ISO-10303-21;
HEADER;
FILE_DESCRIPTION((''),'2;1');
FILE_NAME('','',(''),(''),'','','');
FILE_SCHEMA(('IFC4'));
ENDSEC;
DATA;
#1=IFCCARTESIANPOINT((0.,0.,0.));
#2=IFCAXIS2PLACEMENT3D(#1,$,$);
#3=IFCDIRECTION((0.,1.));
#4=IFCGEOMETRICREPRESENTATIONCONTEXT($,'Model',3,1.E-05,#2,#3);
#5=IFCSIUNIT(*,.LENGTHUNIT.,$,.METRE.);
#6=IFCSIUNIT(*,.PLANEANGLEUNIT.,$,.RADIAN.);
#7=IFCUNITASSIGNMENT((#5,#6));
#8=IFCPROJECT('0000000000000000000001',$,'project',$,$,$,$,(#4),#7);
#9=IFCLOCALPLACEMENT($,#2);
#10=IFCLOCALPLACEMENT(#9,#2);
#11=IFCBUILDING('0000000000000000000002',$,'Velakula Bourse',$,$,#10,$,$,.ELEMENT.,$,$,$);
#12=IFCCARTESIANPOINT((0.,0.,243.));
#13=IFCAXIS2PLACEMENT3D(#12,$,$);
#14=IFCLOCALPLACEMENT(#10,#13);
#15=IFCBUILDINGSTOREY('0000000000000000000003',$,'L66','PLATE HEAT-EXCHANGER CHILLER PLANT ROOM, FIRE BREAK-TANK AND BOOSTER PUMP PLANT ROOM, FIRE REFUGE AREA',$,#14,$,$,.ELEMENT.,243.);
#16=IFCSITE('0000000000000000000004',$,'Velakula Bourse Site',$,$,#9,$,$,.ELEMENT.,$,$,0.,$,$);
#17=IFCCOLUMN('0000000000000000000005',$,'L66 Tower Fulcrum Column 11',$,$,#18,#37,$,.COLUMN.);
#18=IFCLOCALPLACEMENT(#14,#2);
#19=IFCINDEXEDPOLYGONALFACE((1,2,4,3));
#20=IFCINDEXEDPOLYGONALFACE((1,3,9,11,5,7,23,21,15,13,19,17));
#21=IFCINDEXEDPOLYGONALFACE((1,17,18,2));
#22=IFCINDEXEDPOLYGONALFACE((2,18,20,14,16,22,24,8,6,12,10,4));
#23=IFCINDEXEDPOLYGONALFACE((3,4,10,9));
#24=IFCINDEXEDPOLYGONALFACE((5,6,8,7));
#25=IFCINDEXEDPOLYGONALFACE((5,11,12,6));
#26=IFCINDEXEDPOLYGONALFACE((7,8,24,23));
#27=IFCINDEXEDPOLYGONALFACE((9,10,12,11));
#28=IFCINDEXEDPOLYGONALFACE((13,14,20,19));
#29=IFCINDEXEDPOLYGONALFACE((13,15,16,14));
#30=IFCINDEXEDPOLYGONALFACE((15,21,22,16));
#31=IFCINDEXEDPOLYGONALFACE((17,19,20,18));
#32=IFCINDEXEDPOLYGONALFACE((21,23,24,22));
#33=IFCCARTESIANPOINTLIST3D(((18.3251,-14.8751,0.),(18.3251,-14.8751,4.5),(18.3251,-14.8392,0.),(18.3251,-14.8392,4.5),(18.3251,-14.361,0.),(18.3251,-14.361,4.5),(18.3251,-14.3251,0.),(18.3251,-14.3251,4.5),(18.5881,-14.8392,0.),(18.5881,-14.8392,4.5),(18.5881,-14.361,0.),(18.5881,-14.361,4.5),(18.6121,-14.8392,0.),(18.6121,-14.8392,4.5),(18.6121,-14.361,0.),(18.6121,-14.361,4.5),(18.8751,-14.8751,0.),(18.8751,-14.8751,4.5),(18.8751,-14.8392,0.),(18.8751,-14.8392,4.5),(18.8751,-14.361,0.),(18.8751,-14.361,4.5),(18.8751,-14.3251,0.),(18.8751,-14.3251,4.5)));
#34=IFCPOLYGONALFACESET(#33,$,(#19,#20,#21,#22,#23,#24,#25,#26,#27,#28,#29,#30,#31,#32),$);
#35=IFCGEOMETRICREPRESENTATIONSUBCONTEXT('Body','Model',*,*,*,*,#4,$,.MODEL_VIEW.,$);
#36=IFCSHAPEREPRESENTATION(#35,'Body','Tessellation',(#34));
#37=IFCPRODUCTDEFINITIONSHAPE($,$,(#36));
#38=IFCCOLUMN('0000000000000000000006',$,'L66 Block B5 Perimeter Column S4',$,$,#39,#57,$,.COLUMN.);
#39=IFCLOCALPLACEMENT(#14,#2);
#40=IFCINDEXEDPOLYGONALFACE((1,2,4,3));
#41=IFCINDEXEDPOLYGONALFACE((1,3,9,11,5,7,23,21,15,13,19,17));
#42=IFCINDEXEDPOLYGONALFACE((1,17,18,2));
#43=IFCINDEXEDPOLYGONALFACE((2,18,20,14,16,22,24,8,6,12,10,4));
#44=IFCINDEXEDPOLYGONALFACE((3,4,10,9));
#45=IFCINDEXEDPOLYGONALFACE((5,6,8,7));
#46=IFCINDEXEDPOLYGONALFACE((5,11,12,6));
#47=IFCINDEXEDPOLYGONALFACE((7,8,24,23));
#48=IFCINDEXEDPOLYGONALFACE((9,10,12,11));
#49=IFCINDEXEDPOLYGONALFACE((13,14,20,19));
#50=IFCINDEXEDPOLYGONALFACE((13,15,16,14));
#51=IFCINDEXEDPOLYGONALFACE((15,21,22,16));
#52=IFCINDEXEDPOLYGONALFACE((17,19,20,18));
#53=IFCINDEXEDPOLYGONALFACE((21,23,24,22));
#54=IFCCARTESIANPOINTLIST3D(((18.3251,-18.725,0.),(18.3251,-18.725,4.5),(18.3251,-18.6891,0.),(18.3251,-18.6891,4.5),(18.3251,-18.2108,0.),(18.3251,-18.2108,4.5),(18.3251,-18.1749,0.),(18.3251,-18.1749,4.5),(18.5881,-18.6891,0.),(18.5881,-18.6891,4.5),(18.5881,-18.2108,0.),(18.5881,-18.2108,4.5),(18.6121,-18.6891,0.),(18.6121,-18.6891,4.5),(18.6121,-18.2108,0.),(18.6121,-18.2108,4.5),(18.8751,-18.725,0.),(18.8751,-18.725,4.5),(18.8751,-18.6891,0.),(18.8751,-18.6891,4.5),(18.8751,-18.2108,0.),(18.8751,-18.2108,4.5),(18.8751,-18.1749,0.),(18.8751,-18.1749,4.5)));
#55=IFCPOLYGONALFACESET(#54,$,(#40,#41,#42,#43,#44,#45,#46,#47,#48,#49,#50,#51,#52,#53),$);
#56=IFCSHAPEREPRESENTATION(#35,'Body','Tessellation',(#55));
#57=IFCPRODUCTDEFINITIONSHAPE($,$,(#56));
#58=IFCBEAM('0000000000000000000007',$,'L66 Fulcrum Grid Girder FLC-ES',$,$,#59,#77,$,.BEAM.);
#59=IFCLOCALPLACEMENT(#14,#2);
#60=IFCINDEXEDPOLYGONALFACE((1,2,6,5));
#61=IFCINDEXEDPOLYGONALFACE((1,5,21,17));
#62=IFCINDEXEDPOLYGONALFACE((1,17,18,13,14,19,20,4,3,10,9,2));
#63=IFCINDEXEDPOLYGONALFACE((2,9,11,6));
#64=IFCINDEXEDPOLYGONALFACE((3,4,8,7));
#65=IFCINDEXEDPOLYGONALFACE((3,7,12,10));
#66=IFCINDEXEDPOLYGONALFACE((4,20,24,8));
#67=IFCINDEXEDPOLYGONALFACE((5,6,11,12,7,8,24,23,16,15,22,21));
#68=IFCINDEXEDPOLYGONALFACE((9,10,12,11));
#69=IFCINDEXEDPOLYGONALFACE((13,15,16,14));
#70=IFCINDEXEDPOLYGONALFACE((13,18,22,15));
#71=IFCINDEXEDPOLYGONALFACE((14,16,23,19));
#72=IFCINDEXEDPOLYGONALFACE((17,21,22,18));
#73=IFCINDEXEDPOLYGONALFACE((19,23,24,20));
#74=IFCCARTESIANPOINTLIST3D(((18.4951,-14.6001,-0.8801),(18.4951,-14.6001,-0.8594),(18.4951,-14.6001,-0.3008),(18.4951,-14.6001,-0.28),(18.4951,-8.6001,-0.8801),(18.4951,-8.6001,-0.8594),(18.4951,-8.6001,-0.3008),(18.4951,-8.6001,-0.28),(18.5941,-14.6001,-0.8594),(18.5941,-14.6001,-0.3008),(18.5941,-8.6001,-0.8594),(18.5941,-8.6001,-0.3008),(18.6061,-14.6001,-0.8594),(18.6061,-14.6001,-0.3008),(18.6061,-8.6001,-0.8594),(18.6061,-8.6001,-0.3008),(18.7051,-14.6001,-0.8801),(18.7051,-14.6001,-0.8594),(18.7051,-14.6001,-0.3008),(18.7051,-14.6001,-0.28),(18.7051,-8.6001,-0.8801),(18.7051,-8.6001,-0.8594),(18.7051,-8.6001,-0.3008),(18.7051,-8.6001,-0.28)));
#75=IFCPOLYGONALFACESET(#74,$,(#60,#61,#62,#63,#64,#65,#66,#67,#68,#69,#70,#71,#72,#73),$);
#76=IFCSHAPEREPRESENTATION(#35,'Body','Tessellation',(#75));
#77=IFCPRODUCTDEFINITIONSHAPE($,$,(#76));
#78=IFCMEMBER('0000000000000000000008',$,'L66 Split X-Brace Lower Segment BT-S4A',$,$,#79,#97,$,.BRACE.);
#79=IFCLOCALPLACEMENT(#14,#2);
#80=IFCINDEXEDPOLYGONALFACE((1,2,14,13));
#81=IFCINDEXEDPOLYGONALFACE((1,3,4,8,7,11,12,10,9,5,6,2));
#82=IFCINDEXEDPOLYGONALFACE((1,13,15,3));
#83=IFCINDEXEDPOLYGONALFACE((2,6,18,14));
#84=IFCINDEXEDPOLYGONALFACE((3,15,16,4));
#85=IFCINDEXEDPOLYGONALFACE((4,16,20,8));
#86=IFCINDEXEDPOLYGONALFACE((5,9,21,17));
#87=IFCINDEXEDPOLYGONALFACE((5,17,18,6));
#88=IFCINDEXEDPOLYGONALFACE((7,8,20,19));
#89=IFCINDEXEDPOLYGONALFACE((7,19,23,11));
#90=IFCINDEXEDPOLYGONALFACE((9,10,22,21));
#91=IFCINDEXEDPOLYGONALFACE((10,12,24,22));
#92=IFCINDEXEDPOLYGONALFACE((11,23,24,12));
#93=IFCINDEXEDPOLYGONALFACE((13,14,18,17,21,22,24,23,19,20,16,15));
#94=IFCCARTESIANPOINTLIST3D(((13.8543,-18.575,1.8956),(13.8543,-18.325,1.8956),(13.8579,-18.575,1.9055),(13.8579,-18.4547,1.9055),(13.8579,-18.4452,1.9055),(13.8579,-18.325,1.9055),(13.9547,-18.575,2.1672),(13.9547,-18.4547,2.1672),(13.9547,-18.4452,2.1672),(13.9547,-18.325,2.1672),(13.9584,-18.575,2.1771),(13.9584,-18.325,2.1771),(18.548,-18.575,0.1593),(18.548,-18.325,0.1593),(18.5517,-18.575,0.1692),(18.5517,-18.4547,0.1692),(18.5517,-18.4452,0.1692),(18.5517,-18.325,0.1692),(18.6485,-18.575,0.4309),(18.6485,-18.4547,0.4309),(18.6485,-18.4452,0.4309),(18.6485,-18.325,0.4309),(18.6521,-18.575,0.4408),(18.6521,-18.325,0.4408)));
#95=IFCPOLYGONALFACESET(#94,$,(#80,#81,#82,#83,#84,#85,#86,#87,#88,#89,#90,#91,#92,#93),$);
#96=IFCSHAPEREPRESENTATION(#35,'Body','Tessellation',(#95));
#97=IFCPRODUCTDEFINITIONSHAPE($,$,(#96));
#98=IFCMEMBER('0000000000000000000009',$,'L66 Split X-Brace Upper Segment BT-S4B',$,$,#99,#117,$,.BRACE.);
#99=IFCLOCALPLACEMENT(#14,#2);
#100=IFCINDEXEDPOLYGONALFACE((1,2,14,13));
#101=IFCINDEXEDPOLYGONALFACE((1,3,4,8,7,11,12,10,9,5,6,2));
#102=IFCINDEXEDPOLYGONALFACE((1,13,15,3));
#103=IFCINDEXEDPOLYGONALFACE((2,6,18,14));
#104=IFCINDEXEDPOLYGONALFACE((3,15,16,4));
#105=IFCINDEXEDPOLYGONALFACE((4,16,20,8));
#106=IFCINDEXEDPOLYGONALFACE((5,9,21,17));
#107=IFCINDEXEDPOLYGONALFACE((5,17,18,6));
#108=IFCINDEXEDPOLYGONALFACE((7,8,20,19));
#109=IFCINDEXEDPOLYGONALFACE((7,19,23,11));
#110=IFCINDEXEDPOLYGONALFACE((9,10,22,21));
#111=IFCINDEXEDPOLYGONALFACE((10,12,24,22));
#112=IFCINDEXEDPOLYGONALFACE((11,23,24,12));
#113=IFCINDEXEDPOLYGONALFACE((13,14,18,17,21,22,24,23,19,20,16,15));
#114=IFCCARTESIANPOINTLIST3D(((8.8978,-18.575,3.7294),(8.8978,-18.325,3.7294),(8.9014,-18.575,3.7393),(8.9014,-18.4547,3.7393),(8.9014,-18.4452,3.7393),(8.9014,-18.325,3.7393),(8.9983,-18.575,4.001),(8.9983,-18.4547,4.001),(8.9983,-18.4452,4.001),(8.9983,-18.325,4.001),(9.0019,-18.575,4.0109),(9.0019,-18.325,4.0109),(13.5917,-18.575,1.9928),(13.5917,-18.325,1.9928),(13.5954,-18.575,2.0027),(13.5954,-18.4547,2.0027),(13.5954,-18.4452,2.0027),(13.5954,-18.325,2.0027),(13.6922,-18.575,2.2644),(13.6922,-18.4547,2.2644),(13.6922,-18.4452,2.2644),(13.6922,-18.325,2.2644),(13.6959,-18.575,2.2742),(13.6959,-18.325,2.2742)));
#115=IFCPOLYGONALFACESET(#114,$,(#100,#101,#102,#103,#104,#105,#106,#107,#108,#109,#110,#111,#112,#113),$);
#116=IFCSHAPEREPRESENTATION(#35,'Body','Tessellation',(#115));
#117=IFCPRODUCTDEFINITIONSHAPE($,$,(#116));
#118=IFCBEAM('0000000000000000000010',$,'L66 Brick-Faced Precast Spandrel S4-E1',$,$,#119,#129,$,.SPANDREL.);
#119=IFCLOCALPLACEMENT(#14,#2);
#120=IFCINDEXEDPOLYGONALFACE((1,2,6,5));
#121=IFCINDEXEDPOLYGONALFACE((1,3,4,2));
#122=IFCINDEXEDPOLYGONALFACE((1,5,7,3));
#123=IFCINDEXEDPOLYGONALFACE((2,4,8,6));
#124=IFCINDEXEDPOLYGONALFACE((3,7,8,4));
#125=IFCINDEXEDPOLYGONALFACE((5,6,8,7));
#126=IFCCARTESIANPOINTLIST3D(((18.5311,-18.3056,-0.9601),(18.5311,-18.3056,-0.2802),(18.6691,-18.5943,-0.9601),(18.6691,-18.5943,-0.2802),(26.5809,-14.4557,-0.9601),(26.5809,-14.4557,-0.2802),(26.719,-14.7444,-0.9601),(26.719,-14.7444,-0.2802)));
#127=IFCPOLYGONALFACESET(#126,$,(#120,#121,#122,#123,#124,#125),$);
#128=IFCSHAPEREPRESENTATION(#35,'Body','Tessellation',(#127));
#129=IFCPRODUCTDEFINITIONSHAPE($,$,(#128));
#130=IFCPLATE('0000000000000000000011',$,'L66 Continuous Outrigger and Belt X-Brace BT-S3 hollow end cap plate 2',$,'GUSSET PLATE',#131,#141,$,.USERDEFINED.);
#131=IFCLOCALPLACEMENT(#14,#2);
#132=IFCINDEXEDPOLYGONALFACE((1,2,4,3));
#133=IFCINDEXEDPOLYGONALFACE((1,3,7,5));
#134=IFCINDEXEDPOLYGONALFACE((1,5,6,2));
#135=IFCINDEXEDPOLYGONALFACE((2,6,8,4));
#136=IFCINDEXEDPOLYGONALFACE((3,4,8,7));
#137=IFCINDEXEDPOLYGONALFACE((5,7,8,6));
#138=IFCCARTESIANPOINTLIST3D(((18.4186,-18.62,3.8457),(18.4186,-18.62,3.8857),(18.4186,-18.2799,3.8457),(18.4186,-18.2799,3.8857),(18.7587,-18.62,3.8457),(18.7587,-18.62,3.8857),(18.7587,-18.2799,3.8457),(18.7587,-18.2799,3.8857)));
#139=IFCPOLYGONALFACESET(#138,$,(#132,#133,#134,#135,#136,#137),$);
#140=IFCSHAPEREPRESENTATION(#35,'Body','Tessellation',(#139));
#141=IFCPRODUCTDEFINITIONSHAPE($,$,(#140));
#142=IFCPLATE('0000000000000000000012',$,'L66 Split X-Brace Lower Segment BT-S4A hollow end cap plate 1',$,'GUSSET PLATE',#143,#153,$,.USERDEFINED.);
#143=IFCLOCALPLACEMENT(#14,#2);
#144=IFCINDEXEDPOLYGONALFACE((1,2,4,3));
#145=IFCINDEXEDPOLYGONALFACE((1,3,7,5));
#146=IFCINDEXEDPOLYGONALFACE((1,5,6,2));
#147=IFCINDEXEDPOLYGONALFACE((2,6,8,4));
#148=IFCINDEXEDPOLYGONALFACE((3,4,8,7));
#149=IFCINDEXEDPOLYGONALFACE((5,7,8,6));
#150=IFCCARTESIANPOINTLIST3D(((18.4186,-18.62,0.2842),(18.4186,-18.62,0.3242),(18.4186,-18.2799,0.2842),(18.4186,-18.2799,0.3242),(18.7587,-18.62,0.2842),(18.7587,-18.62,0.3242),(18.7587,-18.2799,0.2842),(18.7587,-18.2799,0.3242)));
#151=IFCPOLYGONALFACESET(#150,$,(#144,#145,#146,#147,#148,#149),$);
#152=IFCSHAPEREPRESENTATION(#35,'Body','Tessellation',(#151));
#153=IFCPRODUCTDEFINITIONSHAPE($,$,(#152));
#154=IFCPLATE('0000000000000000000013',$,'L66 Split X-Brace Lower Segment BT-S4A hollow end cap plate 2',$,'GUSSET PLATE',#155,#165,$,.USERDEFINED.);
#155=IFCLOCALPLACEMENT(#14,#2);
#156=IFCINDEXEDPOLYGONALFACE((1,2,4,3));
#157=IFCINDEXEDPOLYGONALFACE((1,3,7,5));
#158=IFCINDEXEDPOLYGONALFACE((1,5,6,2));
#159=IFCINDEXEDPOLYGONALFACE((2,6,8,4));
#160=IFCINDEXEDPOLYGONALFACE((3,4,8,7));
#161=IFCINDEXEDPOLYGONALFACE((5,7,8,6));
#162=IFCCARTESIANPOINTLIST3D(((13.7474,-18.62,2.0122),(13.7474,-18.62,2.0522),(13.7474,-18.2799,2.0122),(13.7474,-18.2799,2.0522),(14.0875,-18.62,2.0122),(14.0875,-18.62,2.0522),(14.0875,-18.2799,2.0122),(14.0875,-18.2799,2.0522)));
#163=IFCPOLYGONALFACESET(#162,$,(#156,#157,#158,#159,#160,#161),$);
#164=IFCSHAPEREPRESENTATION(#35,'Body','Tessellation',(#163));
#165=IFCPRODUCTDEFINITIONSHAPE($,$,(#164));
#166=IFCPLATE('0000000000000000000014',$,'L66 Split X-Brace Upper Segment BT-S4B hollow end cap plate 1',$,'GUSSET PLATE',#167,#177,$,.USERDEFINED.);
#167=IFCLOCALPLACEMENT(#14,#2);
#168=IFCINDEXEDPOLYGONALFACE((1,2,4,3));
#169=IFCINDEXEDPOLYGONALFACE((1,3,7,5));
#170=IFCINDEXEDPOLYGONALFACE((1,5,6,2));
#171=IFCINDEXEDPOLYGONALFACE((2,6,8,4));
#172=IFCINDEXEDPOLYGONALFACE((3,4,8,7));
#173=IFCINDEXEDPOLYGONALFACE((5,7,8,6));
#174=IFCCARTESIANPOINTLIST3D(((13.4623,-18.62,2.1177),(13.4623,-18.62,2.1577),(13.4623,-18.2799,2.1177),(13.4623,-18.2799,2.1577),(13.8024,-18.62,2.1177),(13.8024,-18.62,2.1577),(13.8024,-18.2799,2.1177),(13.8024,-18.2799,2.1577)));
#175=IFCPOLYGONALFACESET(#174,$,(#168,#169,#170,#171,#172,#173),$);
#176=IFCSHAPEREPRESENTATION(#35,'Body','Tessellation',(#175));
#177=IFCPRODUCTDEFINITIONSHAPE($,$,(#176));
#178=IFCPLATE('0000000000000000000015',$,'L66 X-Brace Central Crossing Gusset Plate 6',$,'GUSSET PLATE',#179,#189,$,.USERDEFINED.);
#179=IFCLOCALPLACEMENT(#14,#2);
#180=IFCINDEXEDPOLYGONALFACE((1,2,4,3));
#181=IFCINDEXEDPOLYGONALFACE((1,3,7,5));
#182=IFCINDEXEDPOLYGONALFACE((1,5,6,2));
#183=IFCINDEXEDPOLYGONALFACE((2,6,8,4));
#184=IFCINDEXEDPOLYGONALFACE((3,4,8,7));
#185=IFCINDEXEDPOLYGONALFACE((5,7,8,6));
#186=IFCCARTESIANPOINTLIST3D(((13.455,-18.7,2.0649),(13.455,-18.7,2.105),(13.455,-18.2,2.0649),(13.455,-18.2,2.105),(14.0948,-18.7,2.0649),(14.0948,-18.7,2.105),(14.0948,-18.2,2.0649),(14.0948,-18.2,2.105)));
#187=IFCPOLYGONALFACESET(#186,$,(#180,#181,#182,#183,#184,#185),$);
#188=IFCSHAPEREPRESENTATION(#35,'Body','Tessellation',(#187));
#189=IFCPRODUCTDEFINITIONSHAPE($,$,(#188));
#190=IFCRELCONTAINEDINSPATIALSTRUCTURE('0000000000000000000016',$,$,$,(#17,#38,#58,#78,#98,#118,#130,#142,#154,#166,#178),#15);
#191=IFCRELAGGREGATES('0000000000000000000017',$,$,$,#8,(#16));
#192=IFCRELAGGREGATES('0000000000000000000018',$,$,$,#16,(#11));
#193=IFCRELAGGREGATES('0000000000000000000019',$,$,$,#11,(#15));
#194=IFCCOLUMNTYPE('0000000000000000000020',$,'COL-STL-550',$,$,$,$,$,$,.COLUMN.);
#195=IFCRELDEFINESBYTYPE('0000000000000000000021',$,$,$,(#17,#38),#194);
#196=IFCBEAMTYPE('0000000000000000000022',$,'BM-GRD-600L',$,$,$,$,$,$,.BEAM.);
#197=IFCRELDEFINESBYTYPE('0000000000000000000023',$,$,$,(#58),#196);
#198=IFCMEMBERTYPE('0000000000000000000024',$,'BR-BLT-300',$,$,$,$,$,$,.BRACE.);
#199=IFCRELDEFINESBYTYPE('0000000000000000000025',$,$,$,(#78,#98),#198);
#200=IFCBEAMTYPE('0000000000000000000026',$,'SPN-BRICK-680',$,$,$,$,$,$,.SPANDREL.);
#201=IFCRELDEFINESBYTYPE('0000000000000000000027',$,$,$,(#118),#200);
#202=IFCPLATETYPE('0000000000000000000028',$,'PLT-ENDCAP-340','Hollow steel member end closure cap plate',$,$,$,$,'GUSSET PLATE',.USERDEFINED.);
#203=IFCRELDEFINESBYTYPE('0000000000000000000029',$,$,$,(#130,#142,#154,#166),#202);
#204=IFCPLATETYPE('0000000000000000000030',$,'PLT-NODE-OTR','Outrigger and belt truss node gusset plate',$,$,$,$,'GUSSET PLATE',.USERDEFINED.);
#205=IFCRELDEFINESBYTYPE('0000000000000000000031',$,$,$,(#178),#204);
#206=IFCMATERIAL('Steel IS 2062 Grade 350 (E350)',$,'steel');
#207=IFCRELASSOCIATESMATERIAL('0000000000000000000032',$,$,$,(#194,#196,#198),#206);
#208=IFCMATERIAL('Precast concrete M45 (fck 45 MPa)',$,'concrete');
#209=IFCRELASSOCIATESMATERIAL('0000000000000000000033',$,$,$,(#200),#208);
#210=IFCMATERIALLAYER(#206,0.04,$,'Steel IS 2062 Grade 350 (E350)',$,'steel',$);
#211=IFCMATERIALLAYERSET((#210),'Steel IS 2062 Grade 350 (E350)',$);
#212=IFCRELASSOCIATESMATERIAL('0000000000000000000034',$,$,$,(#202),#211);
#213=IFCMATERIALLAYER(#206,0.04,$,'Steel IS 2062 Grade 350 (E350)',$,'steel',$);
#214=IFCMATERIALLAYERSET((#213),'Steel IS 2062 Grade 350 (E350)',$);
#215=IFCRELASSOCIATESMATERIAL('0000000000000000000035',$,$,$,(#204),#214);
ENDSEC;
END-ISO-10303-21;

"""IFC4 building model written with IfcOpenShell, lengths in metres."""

from ifc_helpers import new_model, si_unit, direction, frame, origin, origin_2d, place, context, subcontext, project, spatial, rectangle, i_section, extrude, material, layer, layer_set, material_profile, profile_set, type_object, element, save


model = new_model("IFC4")

# Units and contexts
model_context = context("Model", 3, precision=1e-05, world=origin(), true_north=direction((0.0, 1.0)))
body_context = subcontext(model_context, "Body", "Model", "MODEL_VIEW")
ifc_project = project(units=[si_unit("LENGTHUNIT", "METRE"), si_unit("PLANEANGLEUNIT", "RADIAN")], contexts=[model_context])

# Site, building, storey
site_placement = place(None, origin())
site = spatial("IfcSite", under=ifc_project, at=site_placement, Name="Velakula Bourse Site", CompositionType="ELEMENT", RefElevation=0.0)
building_placement = place(site_placement, origin())
building = spatial("IfcBuilding", under=site, at=building_placement, Name="Velakula Bourse", CompositionType="ELEMENT")
storey_placement = place(building_placement, frame((0.0, 0.0, 243.0)))
storey = spatial("IfcBuildingStorey", under=building, at=storey_placement, Name="L66", Description="PLATE HEAT-EXCHANGER CHILLER PLANT ROOM, FIRE BREAK-TANK AND BOOSTER PUMP PLANT ROOM, FIRE REFUGE AREA", CompositionType="ELEMENT", Elevation=243.0)

# Columns
ifc_material_1 = material(Name="Steel IS 2062 Grade 350 (E350)", Category="steel")
ifc_material_profile_1 = material_profile(ifc_material_1, i_section(OverallWidth=0.55, OverallDepth=0.55, WebThickness=0.0239, FlangeThickness=0.0359, at=origin_2d()), Name="Steel IS 2062 Grade 350 (E350)")
ifc_profile_set_1 = profile_set([ifc_material_profile_1], Name="Steel IS 2062 Grade 350 (E350)")
column_type = type_object("IfcColumnType", Name="COL-STL-550", PredefinedType="COLUMN", material=ifc_profile_set_1)
for number, where, z_axis, x_axis, name in (
    (1, (18.6001, -14.6001, 0.0), (0.0, 0.0, 1.0), (1.0, 0.0, 0.0), "L66 Tower Fulcrum Column 11"),
    (2, (18.6001, -18.45, 0.0), (0.0, 0.0, 1.0), (1.0, 0.0, 0.0), "L66 Block B5 Perimeter Column S4"),
):
    element("IfcColumn", number, at=place(storey_placement, frame(where, z_axis=z_axis, x_axis=x_axis)), inside=storey, type_object=column_type, Name=name, PredefinedType="COLUMN", context=body_context, shape_type="SweptSolid", body=[
        extrude(i_section(OverallWidth=0.55, OverallDepth=0.55, WebThickness=0.0239, FlangeThickness=0.0359, at=origin_2d()), origin(), (0.0, 0.0, 1.0), 4.5),
    ])

# Beam
ifc_material_profile_2 = material_profile(ifc_material_1, i_section(OverallWidth=0.21, OverallDepth=0.6001, WebThickness=0.012, FlangeThickness=0.0208, at=origin_2d()), Name="Steel IS 2062 Grade 350 (E350)")
ifc_profile_set_2 = profile_set([ifc_material_profile_2], Name="Steel IS 2062 Grade 350 (E350)")
beam_type_1 = type_object("IfcBeamType", Name="BM-GRD-600L", PredefinedType="BEAM", material=ifc_profile_set_2)
beam_1_placement = place(storey_placement, frame((18.6001, -14.6001, -0.5801), z_axis=(0.0, 1.0, 0.0), x_axis=(-1.0, 0.0, 0.0)))
element("IfcBeam", 3, at=beam_1_placement, inside=storey, type_object=beam_type_1, Name="L66 Fulcrum Grid Girder FLC-ES", PredefinedType="BEAM", context=body_context, shape_type="SweptSolid", body=[
    extrude(i_section(OverallWidth=0.21, OverallDepth=0.6001, WebThickness=0.012, FlangeThickness=0.0208, at=origin_2d()), origin(), (0.0, 0.0, 1.0), 6.0),
])

# Members
ifc_material_profile_3 = material_profile(ifc_material_1, i_section(OverallWidth=0.25, OverallDepth=0.3, WebThickness=0.0095, FlangeThickness=0.0105, at=origin_2d()), Name="Steel IS 2062 Grade 350 (E350)")
ifc_profile_set_3 = profile_set([ifc_material_profile_3], Name="Steel IS 2062 Grade 350 (E350)")
member_type = type_object("IfcMemberType", Name="BR-BLT-300", PredefinedType="BRACE", material=ifc_profile_set_3)
member_1_placement = place(storey_placement, frame((18.6001, -18.45, 0.3), z_axis=(-0.937888, 0.0, 0.346939), x_axis=(0.0, -1.0, 0.0)))
element("IfcMember", 4, at=member_1_placement, inside=storey, type_object=member_type, Name="L66 Split X-Brace Lower Segment BT-S4A", PredefinedType="BRACE", context=body_context, shape_type="SweptSolid", body=[
    extrude(i_section(OverallWidth=0.25, OverallDepth=0.3, WebThickness=0.0095, FlangeThickness=0.0105, at=origin_2d()), origin(), (0.0, 0.0, 1.0), 5.0046),
])
member_2_placement = place(storey_placement, frame((13.6438, -18.45, 2.1335), z_axis=(-0.937872, 0.0, 0.346982), x_axis=(0.0, -1.0, 0.0)))
element("IfcMember", 5, at=member_2_placement, inside=storey, type_object=member_type, Name="L66 Split X-Brace Upper Segment BT-S4B", PredefinedType="BRACE", context=body_context, shape_type="SweptSolid", body=[
    extrude(i_section(OverallWidth=0.25, OverallDepth=0.3, WebThickness=0.0095, FlangeThickness=0.0105, at=origin_2d()), origin(), (0.0, 0.0, 1.0), 5.0049),
])

# Beam
ifc_material_2 = material(Name="Precast concrete M45 (fck 45 MPa)", Category="concrete")
ifc_material_profile_4 = material_profile(ifc_material_2, rectangle(XDim=0.3201, YDim=0.6799, at=origin_2d()), Name="Precast concrete M45 (fck 45 MPa)")
ifc_profile_set_4 = profile_set([ifc_material_profile_4], Name="Precast concrete M45 (fck 45 MPa)")
beam_type_2 = type_object("IfcBeamType", Name="SPN-BRICK-680", PredefinedType="SPANDREL", material=ifc_profile_set_4)
beam_2_placement = place(storey_placement, frame((18.6001, -18.45, -0.6201), z_axis=(0.902137, 0.431451, 0.0), x_axis=(-0.431451, 0.902137, 0.0)))
element("IfcBeam", 6, at=beam_2_placement, inside=storey, type_object=beam_type_2, Name="L66 Brick-Faced Precast Spandrel S4-E1", PredefinedType="SPANDREL", context=body_context, shape_type="SweptSolid", body=[
    extrude(rectangle(XDim=0.3201, YDim=0.6799, at=origin_2d()), origin(), (0.0, 0.0, 1.0), 8.9231),
])

# Plates
ifc_layer_1 = layer(ifc_material_1, 0.04, Name="Steel IS 2062 Grade 350 (E350)", Category="steel")
ifc_layer_set_1 = layer_set([ifc_layer_1], Name="Steel IS 2062 Grade 350 (E350)")
plate_type_1 = type_object("IfcPlateType", Name="PLT-ENDCAP-340", Description="Hollow steel member end closure cap plate", ElementType="GUSSET PLATE", PredefinedType="USERDEFINED", material=ifc_layer_set_1)
for number, where, z_axis, x_axis, name in (
    (7, (18.5886, -18.45, 3.8457), (0.0, 0.0, 1.0), (1.0, 0.0, 0.0), "L66 Continuous Outrigger and Belt X-Brace BT-S3 hollow end cap plate 2"),
    (8, (18.5886, -18.45, 0.2842), (0.0, 0.0, 1.0), (-1.0, 0.0, 0.0), "L66 Split X-Brace Lower Segment BT-S4A hollow end cap plate 1"),
    (9, (13.9175, -18.45, 2.0122), (0.0, 0.0, 1.0), (-1.0, 0.0, 0.0), "L66 Split X-Brace Lower Segment BT-S4A hollow end cap plate 2"),
    (10, (13.6323, -18.45, 2.1177), (0.0, 0.0, 1.0), (-1.0, 0.0, 0.0), "L66 Split X-Brace Upper Segment BT-S4B hollow end cap plate 1"),
):
    element("IfcPlate", number, at=place(storey_placement, frame(where, z_axis=z_axis, x_axis=x_axis)), inside=storey, type_object=plate_type_1, Name=name, ObjectType="GUSSET PLATE", PredefinedType="USERDEFINED", context=body_context, shape_type="SweptSolid", body=[
        extrude(rectangle(XDim=0.3401, YDim=0.3401, at=origin_2d()), origin(), (0.0, 0.0, 1.0), 0.04),
    ])
ifc_layer_2 = layer(ifc_material_1, 0.04, Name="Steel IS 2062 Grade 350 (E350)", Category="steel")
ifc_layer_set_2 = layer_set([ifc_layer_2], Name="Steel IS 2062 Grade 350 (E350)")
plate_type_2 = type_object("IfcPlateType", Name="PLT-NODE-OTR", Description="Outrigger and belt truss node gusset plate", ElementType="GUSSET PLATE", PredefinedType="USERDEFINED", material=ifc_layer_set_2)
plate_placement = place(storey_placement, frame((13.7749, -18.45, 2.0649), z_axis=(0.0, 0.0, 1.0), x_axis=(1.0, 0.0, 0.0)))
element("IfcPlate", 11, at=plate_placement, inside=storey, type_object=plate_type_2, Name="L66 X-Brace Central Crossing Gusset Plate 6", ObjectType="GUSSET PLATE", PredefinedType="USERDEFINED", context=body_context, shape_type="SweptSolid", body=[
    extrude(rectangle(XDim=0.6399, YDim=0.5, at=origin_2d()), origin(), (0.0, 0.0, 1.0), 0.04),
])

save(model, "model.ifc")
